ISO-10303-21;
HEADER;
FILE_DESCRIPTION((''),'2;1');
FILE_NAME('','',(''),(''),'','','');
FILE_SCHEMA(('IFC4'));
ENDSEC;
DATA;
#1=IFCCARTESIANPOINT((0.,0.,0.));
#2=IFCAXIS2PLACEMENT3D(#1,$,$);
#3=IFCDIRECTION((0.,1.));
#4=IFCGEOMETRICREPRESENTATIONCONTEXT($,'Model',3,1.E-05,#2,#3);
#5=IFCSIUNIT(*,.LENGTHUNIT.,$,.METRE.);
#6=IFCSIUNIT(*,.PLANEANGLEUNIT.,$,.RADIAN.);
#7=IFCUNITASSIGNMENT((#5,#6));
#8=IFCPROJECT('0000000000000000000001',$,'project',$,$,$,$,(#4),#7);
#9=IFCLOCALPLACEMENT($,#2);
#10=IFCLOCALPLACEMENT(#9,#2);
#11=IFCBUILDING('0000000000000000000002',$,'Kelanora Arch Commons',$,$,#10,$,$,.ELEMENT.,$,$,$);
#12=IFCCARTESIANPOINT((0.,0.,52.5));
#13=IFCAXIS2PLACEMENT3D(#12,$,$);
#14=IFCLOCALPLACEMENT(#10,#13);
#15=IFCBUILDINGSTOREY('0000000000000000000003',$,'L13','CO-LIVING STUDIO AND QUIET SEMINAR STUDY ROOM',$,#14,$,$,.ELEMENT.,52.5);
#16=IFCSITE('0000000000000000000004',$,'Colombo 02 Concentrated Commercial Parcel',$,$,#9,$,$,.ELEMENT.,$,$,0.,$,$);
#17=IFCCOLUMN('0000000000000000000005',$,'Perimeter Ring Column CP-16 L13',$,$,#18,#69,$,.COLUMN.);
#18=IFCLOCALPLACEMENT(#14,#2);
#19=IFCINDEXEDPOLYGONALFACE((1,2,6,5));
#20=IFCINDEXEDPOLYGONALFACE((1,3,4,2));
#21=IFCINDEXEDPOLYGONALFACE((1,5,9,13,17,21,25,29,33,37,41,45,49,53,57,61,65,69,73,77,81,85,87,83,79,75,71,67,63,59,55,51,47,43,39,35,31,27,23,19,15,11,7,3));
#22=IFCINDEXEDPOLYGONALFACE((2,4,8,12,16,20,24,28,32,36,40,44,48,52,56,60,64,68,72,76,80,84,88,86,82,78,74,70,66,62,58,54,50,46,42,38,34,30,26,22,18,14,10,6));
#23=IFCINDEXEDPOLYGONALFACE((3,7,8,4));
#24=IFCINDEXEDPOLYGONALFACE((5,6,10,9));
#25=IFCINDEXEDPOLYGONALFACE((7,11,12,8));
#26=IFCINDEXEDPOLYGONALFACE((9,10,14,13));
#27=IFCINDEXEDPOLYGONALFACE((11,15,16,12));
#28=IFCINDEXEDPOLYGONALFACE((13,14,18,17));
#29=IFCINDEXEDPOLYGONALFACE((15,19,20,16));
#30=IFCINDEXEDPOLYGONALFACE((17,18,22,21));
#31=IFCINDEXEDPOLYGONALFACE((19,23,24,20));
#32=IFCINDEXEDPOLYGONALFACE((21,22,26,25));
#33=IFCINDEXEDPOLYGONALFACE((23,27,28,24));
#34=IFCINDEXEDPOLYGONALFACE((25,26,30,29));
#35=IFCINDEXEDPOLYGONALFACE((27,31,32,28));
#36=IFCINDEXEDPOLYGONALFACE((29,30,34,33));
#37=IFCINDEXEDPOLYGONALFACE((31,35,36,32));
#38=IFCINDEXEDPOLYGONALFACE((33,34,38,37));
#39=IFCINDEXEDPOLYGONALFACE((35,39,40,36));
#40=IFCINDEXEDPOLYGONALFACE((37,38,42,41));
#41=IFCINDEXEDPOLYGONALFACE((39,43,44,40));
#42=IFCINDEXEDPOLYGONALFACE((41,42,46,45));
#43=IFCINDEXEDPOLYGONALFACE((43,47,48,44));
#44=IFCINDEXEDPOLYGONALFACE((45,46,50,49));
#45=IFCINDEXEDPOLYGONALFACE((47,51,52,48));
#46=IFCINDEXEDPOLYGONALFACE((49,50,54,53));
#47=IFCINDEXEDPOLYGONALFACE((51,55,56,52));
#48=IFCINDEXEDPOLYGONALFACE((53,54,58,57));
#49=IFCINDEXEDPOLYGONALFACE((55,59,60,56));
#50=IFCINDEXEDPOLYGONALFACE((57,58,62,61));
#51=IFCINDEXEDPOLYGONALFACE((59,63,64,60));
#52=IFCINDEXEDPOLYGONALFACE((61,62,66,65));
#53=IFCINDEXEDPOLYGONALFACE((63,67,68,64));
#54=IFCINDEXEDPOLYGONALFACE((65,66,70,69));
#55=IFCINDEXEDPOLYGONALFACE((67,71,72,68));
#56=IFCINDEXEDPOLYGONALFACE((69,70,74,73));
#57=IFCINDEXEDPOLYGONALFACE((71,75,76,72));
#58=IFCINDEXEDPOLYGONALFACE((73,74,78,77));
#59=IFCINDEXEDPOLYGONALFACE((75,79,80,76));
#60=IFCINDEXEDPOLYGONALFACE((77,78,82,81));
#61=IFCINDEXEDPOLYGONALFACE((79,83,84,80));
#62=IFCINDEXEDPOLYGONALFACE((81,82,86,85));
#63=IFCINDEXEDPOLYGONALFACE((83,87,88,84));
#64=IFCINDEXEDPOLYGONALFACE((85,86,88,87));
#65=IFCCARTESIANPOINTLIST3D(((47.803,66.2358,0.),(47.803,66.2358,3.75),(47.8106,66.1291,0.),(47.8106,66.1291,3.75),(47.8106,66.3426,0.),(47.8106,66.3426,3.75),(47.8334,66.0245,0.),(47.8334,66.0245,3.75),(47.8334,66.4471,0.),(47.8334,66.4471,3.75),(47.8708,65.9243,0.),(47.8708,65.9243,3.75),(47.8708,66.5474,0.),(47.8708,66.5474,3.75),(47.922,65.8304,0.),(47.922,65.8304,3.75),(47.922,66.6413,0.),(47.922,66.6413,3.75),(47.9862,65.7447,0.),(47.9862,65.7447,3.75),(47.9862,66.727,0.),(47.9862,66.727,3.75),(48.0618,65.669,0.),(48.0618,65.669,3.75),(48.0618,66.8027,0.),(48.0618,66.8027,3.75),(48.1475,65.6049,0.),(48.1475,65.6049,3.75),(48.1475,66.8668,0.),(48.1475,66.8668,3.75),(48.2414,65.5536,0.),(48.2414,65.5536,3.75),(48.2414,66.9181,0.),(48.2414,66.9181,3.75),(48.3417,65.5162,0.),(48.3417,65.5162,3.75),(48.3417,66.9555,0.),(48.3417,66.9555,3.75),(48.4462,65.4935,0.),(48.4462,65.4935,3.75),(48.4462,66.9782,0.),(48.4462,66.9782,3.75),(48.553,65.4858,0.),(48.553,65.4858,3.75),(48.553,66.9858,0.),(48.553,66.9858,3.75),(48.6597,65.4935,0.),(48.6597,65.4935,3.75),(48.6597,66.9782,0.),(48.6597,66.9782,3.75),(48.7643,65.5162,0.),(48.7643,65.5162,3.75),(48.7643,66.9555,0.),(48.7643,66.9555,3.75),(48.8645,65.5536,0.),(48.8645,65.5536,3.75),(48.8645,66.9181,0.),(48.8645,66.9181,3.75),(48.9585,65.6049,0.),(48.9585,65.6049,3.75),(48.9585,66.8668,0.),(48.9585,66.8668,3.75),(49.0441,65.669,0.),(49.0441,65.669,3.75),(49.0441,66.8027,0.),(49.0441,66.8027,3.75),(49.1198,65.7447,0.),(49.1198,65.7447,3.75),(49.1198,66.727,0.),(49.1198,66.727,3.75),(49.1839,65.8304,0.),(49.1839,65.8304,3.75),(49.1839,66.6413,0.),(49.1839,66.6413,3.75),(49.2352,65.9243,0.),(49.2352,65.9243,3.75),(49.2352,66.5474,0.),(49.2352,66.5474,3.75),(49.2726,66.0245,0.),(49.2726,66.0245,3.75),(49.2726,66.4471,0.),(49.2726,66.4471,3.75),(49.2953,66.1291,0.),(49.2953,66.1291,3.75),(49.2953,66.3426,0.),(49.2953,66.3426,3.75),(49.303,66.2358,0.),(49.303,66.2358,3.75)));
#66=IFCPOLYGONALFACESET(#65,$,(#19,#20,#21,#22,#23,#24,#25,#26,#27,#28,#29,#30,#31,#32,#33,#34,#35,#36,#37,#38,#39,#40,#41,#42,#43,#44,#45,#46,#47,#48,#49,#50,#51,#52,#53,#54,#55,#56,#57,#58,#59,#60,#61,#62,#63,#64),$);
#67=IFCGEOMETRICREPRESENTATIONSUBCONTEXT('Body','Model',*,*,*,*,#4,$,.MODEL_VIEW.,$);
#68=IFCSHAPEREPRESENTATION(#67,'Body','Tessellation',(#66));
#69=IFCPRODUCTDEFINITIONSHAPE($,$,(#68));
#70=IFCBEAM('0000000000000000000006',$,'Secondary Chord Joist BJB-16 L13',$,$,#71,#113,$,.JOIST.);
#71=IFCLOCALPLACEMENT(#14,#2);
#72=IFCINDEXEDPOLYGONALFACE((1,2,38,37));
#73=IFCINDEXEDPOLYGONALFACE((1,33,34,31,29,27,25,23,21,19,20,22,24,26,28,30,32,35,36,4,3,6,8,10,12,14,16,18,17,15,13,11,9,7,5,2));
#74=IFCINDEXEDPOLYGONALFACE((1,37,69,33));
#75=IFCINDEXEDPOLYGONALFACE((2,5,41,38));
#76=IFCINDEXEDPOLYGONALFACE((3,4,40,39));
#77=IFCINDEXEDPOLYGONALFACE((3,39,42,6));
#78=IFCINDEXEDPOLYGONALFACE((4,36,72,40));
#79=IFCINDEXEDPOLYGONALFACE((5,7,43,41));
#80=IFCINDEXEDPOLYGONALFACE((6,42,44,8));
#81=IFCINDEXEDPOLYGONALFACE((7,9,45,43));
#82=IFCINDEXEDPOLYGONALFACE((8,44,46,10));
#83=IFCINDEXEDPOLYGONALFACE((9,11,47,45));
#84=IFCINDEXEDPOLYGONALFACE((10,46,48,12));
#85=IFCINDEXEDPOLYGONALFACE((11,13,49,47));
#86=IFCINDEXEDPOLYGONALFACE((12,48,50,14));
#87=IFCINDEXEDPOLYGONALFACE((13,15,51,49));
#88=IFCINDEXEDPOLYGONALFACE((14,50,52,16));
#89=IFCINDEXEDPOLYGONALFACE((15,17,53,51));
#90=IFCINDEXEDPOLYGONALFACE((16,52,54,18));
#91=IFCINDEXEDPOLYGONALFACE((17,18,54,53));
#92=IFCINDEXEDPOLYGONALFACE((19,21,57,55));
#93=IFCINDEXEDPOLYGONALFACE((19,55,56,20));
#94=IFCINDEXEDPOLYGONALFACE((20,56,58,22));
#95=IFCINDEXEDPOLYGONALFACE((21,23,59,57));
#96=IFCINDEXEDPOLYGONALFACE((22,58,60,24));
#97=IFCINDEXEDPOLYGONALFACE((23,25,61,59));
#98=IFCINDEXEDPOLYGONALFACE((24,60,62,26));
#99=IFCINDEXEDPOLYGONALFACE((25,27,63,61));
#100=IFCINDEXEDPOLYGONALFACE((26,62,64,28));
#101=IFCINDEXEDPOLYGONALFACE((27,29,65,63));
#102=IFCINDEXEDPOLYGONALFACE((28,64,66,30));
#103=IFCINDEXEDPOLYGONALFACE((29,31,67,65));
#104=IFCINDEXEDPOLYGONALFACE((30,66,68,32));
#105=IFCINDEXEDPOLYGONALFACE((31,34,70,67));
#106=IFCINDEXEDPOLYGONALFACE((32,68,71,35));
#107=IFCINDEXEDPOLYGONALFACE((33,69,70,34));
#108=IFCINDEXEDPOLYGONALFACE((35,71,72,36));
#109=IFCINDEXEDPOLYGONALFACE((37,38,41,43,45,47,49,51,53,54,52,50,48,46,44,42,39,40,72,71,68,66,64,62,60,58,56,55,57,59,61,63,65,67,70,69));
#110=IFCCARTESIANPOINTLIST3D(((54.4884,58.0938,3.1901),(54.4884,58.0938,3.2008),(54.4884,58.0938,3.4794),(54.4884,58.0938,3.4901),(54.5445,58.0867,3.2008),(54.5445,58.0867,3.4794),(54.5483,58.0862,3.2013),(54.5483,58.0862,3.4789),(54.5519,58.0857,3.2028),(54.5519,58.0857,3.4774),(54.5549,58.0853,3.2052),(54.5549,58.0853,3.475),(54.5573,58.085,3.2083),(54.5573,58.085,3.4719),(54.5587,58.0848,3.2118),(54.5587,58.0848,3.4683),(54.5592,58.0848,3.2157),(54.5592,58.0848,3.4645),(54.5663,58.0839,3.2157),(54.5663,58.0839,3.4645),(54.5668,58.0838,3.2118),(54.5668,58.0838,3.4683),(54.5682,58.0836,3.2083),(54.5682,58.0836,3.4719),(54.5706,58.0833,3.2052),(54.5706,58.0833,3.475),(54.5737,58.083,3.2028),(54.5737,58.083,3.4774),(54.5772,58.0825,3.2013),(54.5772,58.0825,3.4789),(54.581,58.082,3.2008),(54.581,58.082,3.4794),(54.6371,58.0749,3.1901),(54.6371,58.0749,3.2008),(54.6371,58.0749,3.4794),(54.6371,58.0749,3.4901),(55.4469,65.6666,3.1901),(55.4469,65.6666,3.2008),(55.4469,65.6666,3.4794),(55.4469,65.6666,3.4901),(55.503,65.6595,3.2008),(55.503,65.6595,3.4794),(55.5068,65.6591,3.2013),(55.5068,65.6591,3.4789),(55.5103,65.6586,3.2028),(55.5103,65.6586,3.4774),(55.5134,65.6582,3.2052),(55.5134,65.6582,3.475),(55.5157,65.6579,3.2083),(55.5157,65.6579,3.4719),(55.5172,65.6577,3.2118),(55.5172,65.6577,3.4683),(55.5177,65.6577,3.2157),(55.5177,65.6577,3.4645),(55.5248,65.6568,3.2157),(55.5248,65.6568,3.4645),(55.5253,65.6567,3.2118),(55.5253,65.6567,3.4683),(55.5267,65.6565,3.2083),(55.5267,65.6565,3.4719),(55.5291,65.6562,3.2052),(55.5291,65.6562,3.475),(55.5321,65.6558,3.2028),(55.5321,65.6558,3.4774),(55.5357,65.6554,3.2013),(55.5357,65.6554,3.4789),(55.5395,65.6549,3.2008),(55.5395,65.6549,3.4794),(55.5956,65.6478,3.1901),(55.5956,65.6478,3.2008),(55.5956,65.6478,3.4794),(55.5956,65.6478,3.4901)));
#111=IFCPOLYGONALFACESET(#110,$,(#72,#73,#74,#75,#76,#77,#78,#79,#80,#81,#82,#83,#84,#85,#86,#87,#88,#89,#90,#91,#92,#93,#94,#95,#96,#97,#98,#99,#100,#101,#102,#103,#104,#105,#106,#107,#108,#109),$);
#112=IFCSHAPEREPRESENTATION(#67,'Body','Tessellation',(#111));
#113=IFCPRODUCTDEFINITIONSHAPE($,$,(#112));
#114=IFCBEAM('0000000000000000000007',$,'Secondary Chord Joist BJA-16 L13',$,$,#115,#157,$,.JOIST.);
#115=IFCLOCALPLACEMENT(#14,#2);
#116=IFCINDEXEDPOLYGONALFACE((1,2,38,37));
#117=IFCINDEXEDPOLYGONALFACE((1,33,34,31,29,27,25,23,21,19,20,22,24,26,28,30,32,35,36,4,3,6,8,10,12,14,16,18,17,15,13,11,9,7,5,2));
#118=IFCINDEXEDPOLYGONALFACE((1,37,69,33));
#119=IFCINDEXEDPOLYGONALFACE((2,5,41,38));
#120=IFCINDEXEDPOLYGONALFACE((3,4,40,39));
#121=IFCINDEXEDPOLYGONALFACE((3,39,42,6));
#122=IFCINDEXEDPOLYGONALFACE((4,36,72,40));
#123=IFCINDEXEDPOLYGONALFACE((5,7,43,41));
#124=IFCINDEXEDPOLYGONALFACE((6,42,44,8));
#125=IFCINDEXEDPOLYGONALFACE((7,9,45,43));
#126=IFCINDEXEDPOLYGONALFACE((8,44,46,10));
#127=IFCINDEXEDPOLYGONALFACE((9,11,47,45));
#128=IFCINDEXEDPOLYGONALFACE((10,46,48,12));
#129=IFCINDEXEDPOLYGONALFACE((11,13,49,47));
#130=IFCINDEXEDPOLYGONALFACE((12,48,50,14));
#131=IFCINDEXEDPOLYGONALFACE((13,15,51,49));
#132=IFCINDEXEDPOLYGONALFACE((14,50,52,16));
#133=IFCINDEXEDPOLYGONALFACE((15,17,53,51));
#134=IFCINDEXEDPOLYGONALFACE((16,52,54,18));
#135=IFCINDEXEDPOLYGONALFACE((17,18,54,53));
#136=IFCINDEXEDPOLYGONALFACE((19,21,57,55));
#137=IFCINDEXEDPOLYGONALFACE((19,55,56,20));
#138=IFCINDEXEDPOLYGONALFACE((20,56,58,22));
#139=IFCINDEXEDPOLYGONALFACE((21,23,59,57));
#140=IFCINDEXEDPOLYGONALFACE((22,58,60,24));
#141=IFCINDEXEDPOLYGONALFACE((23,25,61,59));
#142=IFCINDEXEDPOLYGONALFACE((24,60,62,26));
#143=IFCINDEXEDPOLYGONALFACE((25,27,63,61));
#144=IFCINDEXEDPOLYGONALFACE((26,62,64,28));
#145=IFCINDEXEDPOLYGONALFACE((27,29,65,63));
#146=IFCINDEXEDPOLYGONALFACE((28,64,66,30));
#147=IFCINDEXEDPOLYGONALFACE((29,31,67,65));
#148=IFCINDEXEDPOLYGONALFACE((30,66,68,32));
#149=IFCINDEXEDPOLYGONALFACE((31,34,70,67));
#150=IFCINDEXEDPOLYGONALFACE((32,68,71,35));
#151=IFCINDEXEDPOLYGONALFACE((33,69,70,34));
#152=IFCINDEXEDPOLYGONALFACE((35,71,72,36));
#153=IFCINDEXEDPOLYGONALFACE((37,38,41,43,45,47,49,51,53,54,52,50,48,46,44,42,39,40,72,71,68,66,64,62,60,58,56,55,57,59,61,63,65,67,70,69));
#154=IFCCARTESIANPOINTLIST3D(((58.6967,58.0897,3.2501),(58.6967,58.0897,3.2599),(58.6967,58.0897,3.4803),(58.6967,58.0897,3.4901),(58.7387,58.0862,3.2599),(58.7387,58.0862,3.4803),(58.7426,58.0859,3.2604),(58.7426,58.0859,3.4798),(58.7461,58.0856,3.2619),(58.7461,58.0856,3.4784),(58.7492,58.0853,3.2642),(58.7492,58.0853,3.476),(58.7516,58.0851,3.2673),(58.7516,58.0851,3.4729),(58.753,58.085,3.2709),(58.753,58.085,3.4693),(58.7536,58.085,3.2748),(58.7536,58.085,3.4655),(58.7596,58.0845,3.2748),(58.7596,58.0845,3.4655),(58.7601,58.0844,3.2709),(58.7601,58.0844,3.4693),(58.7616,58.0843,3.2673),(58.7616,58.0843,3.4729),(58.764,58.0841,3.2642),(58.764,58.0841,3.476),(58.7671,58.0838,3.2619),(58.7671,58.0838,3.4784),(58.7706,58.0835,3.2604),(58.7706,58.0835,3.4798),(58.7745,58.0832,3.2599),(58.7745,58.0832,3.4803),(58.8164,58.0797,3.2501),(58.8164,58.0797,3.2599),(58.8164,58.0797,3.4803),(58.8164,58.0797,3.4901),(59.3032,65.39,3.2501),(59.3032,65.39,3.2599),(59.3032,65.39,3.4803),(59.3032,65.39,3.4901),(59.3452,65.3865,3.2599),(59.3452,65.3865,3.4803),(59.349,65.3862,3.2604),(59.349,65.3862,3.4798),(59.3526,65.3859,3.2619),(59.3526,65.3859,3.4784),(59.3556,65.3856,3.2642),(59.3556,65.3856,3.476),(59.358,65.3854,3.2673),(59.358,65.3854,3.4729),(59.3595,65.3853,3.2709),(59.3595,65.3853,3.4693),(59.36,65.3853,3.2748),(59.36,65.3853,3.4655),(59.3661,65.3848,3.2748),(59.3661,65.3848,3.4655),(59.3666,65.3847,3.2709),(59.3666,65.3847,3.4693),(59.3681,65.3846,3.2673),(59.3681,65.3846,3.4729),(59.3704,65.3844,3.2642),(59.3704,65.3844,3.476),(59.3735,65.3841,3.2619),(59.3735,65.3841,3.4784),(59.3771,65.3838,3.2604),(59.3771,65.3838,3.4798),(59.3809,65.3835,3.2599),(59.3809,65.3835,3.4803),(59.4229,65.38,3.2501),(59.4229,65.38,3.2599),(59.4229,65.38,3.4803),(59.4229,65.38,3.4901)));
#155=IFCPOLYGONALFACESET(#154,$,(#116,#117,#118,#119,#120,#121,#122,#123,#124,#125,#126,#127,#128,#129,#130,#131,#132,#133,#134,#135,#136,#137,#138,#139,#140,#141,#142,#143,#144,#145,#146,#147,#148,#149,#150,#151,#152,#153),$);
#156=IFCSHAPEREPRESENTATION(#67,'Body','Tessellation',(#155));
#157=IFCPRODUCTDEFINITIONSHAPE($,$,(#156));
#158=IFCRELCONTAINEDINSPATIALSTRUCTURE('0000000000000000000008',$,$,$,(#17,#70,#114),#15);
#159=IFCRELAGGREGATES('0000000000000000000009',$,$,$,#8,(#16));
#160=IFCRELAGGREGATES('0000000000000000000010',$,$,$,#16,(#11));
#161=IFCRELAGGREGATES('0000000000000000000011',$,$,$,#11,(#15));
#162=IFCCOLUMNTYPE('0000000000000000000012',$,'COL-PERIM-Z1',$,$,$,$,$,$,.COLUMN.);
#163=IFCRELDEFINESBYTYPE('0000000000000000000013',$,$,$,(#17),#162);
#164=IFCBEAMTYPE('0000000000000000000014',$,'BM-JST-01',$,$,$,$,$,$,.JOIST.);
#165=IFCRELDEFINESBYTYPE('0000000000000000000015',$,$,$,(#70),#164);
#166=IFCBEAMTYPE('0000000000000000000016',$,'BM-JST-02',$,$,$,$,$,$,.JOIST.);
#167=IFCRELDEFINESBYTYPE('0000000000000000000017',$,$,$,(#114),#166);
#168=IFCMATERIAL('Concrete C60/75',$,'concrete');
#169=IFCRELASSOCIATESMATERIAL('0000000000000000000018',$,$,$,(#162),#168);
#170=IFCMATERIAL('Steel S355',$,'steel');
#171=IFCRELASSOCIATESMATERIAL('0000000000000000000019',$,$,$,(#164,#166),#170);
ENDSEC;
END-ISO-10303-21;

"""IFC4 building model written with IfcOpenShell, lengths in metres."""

from ifc_helpers import new_model, si_unit, direction, frame, origin, origin_2d, place, context, subcontext, project, spatial, circle, i_section, extrude, material, material_profile, profile_set, type_object, element, save


model = new_model("IFC4")

# Units and contexts
model_context = context("Model", 3, precision=1e-05, world=origin(), true_north=direction((0.0, 1.0)))
body_context = subcontext(model_context, "Body", "Model", "MODEL_VIEW")
ifc_project = project(units=[si_unit("LENGTHUNIT", "METRE"), si_unit("PLANEANGLEUNIT", "RADIAN")], contexts=[model_context])

# Site, building, storey
site_placement = place(None, origin())
site = spatial("IfcSite", under=ifc_project, at=site_placement, Name="Colombo 02 Concentrated Commercial Parcel", CompositionType="ELEMENT", RefElevation=0.0)
building_placement = place(site_placement, origin())
building = spatial("IfcBuilding", under=site, at=building_placement, Name="Kelanora Arch Commons", CompositionType="ELEMENT")
storey_placement = place(building_placement, frame((0.0, 0.0, 52.5)))
storey = spatial("IfcBuildingStorey", under=building, at=storey_placement, Name="L13", Description="CO-LIVING STUDIO AND QUIET SEMINAR STUDY ROOM", CompositionType="ELEMENT", Elevation=52.5)

# Column
ifc_material_1 = material(Name="Concrete C60/75", Category="concrete")
ifc_material_profile_1 = material_profile(ifc_material_1, circle(Radius=0.75, at=origin_2d()), Name="RCC1500")
ifc_profile_set_1 = profile_set([ifc_material_profile_1], Name="Concrete C60/75")
column_type = type_object("IfcColumnType", Name="COL-PERIM-Z1", PredefinedType="COLUMN", material=ifc_profile_set_1)
column_placement = place(storey_placement, frame((48.553, 66.2358, 0.0), z_axis=(0.0, 0.0, 1.0), x_axis=(1.0, 0.0, 0.0)))
element("IfcColumn", 1, at=column_placement, inside=storey, type_object=column_type, Name="Perimeter Ring Column CP-16 L13", PredefinedType="COLUMN", context=body_context, shape_type="SweptSolid", body=[
    extrude(circle(Radius=0.75, at=origin_2d()), origin(), (0.0, 0.0, 1.0), 3.75),
])

# Beams
ifc_material_2 = material(Name="Steel S355", Category="steel")
ifc_material_profile_2 = material_profile(ifc_material_2, i_section(OverallWidth=0.1499, OverallDepth=0.3, WebThickness=0.0071, FlangeThickness=0.0107, FilletRadius=0.0149, at=origin_2d()), Name="IPE300")
ifc_profile_set_2 = profile_set([ifc_material_profile_2], Name="Steel S355")
beam_type_1 = type_object("IfcBeamType", Name="BM-JST-01", PredefinedType="JOIST", material=ifc_profile_set_2)
beam_1_placement = place(storey_placement, frame((55.5212, 65.6572, 3.3401), z_axis=(-0.125566, -0.992085, 0.0), x_axis=(0.992085, -0.125566, 0.0)))
element("IfcBeam", 2, at=beam_1_placement, inside=storey, type_object=beam_type_1, Name="Secondary Chord Joist BJB-16 L13", PredefinedType="JOIST", context=body_context, shape_type="SweptSolid", body=[
    extrude(i_section(OverallWidth=0.1499, OverallDepth=0.3, WebThickness=0.0071, FlangeThickness=0.0107, FilletRadius=0.0149, at=origin_2d()), origin(), (0.0, 0.0, 1.0), 7.6333),
])
ifc_material_profile_3 = material_profile(ifc_material_2, i_section(OverallWidth=0.1201, OverallDepth=0.24, WebThickness=0.0061, FlangeThickness=0.0098, FilletRadius=0.0149, at=origin_2d()), Name="IPE240")
ifc_profile_set_3 = profile_set([ifc_material_profile_3], Name="Steel S355")
beam_type_2 = type_object("IfcBeamType", Name="BM-JST-02", PredefinedType="JOIST", material=ifc_profile_set_3)
beam_2_placement = place(storey_placement, frame((59.363, 65.385, 3.3701), z_axis=(-0.082786, -0.996567, 0.0), x_axis=(0.996567, -0.082786, 0.0)))
element("IfcBeam", 3, at=beam_2_placement, inside=storey, type_object=beam_type_2, Name="Secondary Chord Joist BJA-16 L13", PredefinedType="JOIST", context=body_context, shape_type="SweptSolid", body=[
    extrude(i_section(OverallWidth=0.1201, OverallDepth=0.24, WebThickness=0.0061, FlangeThickness=0.0098, FilletRadius=0.0149, at=origin_2d()), origin(), (0.0, 0.0, 1.0), 7.3254),
])

save(model, "model.ifc")
